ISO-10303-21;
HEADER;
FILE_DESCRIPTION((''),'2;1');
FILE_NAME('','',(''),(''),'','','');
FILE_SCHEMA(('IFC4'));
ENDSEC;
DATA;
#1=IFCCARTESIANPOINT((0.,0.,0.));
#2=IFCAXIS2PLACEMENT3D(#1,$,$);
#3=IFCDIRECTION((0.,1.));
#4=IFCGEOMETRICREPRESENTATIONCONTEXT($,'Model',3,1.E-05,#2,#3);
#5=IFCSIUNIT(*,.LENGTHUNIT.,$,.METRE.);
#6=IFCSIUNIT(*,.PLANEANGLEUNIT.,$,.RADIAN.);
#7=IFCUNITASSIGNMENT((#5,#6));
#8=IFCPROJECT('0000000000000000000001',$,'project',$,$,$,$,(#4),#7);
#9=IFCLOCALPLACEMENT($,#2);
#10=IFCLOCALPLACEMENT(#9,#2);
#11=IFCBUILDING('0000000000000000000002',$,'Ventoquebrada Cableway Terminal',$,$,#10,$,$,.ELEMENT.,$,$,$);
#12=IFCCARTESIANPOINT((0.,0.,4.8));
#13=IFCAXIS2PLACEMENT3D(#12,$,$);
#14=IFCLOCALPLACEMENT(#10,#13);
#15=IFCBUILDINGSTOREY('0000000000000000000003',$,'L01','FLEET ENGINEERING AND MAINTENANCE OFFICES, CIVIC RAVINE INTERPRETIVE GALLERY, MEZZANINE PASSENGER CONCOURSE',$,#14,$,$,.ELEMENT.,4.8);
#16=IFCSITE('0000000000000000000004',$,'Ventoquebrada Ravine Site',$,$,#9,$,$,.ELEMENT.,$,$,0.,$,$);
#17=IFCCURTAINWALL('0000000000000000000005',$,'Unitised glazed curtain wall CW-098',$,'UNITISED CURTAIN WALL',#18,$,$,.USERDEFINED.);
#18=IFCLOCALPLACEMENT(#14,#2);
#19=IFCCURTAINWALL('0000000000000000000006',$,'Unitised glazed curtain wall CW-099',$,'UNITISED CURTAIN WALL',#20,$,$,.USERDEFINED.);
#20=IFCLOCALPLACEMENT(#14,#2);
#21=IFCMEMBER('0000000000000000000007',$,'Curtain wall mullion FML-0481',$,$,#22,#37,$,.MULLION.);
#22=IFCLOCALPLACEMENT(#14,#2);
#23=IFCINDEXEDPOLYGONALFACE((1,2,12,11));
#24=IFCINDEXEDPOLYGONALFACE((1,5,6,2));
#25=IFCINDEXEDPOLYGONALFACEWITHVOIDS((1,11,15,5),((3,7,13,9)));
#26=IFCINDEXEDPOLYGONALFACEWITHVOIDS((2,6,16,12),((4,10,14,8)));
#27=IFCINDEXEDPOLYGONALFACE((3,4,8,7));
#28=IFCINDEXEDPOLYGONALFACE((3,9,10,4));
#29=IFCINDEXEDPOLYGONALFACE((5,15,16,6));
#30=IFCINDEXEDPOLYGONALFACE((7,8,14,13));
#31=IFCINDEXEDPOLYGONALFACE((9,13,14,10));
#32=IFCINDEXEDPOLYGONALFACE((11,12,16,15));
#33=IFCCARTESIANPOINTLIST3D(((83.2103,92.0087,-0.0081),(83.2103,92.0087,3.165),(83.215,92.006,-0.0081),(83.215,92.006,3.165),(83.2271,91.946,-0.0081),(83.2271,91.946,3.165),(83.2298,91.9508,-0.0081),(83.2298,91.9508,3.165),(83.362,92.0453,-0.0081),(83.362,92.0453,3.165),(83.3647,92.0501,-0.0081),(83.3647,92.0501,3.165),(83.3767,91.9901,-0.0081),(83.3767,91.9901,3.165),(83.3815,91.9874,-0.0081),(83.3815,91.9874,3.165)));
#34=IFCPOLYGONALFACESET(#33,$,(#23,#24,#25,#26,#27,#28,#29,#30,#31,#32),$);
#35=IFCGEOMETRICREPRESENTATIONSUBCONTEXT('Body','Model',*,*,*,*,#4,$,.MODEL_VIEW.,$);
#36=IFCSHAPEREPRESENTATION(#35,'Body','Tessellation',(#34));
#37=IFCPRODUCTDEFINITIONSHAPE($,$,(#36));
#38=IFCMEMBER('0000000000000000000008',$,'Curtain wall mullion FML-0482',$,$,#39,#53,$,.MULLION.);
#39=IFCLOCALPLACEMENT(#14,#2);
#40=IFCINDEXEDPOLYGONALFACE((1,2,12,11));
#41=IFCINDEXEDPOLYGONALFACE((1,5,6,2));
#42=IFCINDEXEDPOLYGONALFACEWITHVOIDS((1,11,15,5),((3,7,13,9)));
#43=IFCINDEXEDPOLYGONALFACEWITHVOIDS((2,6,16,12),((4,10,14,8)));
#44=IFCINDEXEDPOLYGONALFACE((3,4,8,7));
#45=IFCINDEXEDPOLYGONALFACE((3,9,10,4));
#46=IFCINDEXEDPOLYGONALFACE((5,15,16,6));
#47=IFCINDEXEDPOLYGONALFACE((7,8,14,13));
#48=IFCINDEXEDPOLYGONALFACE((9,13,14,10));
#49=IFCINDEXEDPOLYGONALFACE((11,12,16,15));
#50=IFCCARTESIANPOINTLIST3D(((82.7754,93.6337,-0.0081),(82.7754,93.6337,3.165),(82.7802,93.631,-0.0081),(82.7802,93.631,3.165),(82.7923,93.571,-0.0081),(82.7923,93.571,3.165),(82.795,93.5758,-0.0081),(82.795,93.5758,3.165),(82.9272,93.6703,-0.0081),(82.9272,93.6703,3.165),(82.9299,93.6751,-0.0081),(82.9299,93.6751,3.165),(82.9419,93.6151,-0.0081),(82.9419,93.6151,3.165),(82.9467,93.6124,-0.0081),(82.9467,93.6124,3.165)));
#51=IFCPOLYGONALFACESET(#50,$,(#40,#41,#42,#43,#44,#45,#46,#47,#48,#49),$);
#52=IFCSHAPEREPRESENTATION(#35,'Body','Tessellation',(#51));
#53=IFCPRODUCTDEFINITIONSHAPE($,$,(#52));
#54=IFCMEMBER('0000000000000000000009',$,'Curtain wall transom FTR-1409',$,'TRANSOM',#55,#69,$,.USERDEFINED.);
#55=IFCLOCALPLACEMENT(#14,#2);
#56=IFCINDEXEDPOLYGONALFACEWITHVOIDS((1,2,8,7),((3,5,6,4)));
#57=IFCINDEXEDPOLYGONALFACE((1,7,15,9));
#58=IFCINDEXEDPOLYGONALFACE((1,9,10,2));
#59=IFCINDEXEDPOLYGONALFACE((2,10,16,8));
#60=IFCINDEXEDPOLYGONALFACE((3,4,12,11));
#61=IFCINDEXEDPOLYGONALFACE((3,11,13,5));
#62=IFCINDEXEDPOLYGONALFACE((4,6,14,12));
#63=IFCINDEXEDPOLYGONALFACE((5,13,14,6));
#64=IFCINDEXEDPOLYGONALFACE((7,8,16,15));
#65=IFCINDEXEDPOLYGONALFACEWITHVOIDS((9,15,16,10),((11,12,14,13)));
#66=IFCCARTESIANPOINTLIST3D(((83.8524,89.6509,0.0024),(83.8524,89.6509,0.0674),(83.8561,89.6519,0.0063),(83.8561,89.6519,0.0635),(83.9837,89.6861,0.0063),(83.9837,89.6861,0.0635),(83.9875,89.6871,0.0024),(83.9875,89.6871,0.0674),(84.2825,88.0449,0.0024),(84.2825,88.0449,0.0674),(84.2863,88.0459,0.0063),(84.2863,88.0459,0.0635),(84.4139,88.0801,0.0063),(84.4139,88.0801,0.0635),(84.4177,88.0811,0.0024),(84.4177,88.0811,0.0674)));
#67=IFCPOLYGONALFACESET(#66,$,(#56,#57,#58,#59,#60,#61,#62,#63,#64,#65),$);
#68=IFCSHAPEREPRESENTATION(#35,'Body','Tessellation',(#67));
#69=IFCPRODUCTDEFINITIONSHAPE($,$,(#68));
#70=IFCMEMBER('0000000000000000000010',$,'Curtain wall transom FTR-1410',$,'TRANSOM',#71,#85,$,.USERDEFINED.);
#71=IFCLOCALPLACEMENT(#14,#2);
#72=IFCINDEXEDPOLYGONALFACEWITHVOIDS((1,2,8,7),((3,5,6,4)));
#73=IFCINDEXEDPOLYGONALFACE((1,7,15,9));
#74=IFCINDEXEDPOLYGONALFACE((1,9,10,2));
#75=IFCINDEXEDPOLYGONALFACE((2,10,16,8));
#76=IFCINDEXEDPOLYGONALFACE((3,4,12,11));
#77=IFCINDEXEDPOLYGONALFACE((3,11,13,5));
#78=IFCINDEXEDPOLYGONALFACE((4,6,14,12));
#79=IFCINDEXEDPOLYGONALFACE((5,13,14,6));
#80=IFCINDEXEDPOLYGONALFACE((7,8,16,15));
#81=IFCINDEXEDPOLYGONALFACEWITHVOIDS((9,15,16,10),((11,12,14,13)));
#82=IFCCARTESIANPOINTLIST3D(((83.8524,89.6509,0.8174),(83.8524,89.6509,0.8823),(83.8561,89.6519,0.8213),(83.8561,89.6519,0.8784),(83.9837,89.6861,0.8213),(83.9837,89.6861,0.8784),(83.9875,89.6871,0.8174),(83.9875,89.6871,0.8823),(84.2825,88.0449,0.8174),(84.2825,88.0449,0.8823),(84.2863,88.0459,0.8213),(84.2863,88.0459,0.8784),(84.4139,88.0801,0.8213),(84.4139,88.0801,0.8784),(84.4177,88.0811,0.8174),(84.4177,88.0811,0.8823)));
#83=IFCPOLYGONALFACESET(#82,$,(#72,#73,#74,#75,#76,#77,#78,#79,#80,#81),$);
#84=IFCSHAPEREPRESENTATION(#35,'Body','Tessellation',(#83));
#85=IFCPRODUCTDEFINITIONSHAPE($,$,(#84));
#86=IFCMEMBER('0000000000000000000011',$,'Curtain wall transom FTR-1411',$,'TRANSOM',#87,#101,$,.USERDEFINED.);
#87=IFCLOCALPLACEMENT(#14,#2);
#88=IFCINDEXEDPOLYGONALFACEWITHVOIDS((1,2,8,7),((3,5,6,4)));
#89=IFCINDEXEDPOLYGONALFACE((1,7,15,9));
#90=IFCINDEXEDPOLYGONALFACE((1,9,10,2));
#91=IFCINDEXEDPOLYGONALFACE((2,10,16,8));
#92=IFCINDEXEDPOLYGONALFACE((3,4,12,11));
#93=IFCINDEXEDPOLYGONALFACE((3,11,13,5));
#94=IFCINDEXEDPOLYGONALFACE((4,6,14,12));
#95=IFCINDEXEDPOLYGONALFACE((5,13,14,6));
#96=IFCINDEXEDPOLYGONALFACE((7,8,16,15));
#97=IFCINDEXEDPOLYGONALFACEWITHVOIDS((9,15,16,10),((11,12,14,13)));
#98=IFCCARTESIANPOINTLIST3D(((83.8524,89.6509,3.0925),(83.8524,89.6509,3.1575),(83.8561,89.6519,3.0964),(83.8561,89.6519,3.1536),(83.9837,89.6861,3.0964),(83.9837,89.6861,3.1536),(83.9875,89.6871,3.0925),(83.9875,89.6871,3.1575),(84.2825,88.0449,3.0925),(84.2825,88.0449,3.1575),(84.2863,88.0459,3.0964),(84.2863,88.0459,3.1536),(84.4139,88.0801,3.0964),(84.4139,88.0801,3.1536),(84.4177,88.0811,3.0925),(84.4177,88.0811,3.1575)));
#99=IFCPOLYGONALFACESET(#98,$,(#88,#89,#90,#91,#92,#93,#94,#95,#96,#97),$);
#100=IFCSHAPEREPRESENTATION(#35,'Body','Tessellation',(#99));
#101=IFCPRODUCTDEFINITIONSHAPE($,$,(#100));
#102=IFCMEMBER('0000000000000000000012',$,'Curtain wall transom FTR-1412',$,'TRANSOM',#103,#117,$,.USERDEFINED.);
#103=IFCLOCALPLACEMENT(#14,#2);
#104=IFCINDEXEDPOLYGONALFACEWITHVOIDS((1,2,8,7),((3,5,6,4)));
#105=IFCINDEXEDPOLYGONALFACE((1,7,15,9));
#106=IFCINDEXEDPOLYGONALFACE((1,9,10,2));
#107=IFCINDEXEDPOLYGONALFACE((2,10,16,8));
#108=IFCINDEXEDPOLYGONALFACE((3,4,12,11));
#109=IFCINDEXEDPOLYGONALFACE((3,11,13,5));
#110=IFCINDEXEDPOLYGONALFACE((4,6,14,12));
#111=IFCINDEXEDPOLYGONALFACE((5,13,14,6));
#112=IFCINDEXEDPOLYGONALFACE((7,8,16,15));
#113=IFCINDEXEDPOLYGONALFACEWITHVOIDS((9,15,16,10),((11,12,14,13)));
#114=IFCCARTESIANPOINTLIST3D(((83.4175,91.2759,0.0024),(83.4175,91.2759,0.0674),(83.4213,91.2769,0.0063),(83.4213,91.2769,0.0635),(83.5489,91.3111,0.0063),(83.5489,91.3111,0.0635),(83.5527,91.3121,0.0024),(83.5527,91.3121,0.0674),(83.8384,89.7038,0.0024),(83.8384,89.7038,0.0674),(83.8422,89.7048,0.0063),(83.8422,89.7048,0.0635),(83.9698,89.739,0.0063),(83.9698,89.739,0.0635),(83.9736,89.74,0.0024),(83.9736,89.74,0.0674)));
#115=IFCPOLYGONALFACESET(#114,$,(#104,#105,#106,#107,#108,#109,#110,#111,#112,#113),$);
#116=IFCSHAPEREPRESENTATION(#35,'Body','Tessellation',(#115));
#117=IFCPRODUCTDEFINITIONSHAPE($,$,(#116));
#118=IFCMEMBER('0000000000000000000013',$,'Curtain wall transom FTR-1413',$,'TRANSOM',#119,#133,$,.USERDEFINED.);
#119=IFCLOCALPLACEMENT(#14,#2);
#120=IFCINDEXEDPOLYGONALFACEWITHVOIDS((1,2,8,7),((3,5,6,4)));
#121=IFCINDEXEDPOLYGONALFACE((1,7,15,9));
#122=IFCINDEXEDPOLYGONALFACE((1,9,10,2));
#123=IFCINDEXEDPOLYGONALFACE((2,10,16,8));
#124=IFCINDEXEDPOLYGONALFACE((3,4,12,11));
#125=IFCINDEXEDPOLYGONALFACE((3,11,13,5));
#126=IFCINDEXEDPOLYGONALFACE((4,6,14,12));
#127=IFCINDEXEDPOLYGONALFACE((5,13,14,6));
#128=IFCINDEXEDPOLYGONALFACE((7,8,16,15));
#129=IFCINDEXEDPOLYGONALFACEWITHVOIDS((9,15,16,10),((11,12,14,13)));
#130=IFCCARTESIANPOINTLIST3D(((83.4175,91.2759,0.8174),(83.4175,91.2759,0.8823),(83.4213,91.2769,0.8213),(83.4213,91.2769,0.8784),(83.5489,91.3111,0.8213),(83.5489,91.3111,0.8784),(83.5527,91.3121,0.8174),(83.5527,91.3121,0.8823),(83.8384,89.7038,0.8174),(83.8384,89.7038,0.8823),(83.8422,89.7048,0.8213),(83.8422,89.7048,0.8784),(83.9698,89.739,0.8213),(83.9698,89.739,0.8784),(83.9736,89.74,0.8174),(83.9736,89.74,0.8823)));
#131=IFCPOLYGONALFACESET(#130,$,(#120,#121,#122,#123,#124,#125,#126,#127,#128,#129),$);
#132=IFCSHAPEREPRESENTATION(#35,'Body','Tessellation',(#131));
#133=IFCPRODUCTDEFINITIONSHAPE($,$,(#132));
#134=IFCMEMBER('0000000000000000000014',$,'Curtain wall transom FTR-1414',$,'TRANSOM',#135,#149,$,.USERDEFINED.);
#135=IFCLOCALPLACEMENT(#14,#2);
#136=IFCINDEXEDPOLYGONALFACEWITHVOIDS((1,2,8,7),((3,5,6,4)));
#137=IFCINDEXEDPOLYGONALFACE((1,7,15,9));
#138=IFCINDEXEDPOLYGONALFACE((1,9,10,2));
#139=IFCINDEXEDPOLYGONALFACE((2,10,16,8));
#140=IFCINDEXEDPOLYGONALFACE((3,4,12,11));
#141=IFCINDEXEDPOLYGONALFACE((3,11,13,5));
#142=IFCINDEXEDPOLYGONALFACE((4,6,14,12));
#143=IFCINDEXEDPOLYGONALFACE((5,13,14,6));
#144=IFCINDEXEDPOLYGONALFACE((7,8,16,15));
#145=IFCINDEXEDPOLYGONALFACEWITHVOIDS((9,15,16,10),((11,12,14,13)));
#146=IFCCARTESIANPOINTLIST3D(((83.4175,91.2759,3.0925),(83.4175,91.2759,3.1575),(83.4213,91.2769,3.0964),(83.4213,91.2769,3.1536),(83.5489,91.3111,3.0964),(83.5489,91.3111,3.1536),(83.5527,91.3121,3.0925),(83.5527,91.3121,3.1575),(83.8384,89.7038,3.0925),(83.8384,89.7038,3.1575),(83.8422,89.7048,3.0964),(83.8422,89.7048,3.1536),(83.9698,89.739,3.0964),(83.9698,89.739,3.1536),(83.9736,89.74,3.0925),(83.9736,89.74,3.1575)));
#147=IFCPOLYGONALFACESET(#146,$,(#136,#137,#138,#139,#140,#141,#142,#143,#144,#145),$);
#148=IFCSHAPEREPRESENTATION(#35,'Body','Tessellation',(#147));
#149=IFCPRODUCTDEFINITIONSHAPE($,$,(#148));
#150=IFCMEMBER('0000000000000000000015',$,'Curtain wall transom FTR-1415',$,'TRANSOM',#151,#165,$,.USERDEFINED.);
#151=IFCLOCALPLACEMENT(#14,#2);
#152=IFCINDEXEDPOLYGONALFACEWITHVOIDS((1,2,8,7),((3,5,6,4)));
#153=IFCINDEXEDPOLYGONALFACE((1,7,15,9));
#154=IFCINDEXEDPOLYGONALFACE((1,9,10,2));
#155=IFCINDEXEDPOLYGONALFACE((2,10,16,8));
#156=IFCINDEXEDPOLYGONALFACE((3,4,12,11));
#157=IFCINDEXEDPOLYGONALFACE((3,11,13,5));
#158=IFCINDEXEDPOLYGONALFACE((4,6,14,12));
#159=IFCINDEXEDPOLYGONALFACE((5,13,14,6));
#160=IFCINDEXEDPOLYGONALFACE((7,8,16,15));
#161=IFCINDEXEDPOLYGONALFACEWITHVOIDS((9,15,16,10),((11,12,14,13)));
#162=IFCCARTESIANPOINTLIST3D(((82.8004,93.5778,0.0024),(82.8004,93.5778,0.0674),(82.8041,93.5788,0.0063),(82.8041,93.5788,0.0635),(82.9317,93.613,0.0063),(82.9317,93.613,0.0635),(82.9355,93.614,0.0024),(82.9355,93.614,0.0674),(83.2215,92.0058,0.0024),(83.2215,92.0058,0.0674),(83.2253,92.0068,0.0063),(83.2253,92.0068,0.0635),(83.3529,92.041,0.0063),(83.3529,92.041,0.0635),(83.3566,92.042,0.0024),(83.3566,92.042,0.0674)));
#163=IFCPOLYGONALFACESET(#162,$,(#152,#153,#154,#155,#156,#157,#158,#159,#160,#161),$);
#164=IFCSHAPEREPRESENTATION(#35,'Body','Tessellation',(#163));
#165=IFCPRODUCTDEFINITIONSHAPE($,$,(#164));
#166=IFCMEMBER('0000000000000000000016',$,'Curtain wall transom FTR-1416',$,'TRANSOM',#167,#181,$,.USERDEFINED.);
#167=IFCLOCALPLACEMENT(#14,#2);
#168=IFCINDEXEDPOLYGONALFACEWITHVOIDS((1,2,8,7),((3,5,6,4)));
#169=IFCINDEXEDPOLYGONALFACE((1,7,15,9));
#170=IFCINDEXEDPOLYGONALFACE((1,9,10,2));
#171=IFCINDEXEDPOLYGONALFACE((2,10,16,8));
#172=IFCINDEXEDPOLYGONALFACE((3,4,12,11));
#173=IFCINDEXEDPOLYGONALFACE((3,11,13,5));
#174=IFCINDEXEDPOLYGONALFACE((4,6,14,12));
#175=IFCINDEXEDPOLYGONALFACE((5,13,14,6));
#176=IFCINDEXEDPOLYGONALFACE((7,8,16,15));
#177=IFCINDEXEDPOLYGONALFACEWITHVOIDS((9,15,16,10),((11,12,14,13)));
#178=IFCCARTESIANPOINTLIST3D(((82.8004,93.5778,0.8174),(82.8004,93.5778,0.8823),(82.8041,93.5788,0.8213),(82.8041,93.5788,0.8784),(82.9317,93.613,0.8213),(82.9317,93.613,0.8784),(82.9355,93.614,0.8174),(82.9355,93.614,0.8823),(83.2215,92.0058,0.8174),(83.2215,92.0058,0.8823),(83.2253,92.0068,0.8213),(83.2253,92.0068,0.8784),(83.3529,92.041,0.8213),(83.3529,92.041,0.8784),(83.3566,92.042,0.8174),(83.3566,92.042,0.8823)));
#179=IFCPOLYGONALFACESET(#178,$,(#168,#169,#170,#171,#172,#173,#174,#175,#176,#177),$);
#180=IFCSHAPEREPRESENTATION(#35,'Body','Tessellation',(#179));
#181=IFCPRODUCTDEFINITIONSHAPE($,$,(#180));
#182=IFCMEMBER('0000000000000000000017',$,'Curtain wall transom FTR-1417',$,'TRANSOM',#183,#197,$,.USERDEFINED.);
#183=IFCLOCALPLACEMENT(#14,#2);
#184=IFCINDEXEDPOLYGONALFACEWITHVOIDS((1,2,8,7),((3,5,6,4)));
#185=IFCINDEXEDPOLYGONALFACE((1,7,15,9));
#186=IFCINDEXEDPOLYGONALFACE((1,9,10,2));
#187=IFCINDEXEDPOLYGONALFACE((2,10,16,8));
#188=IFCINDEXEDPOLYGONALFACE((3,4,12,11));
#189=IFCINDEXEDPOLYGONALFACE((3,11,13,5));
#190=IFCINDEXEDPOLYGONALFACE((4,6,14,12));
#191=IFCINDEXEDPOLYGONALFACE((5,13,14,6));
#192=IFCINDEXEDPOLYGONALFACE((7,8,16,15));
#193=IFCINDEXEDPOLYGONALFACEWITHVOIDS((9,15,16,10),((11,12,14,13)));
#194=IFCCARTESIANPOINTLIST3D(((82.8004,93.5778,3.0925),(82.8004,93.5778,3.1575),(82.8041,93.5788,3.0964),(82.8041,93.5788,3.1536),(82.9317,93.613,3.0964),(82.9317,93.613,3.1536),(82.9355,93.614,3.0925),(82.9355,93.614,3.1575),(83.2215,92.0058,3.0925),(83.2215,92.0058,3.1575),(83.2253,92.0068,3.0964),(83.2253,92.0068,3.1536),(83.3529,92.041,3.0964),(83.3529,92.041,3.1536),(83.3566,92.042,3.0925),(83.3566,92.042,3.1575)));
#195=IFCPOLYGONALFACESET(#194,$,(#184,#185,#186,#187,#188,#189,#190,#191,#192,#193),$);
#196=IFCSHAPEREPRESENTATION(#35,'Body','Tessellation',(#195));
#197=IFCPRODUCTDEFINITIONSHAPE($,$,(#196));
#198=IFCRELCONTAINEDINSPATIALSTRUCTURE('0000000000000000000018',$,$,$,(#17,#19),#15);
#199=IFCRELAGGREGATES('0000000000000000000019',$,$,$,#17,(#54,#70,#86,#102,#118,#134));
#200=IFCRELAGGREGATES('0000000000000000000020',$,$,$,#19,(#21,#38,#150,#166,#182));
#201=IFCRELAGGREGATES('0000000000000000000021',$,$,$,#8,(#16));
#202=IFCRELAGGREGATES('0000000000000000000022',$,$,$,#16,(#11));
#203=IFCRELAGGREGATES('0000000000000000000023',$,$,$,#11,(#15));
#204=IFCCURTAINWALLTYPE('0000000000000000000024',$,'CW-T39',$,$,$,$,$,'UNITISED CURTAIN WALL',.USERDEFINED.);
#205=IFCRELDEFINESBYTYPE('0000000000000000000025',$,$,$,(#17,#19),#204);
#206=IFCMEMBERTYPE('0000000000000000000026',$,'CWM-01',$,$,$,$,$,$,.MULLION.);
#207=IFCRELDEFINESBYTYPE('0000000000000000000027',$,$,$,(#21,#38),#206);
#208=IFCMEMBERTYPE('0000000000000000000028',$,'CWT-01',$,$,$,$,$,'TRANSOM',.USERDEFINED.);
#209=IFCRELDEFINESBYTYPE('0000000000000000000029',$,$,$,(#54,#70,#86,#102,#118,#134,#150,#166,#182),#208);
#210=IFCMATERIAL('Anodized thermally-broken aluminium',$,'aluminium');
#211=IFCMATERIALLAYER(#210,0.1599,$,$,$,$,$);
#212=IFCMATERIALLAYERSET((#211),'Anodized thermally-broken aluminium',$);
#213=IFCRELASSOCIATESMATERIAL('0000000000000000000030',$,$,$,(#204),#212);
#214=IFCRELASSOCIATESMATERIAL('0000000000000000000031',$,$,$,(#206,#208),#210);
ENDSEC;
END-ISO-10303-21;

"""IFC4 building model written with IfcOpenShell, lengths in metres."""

from ifc_helpers import new_model, si_unit, direction, frame, origin, origin_2d, place, context, subcontext, project, spatial, hollow_rectangle, extrude, material, layer, layer_set, material_profile, profile_set, type_object, element, aggregate, save


model = new_model("IFC4")

# Units and contexts
model_context = context("Model", 3, precision=1e-05, world=origin(), true_north=direction((0.0, 1.0)))
body_context = subcontext(model_context, "Body", "Model", "MODEL_VIEW")
ifc_project = project(units=[si_unit("LENGTHUNIT", "METRE"), si_unit("PLANEANGLEUNIT", "RADIAN")], contexts=[model_context])

# Site, building, storey
site_placement = place(None, origin())
site = spatial("IfcSite", under=ifc_project, at=site_placement, Name="Ventoquebrada Ravine Site", CompositionType="ELEMENT", RefElevation=0.0)
building_placement = place(site_placement, origin())
building = spatial("IfcBuilding", under=site, at=building_placement, Name="Ventoquebrada Cableway Terminal", CompositionType="ELEMENT")
storey_placement = place(building_placement, frame((0.0, 0.0, 4.8)))
storey = spatial("IfcBuildingStorey", under=building, at=storey_placement, Name="L01", Description="FLEET ENGINEERING AND MAINTENANCE OFFICES, CIVIC RAVINE INTERPRETIVE GALLERY, MEZZANINE PASSENGER CONCOURSE", CompositionType="ELEMENT", Elevation=4.8)

# Curtain walls, members
ifc_material_1 = material(Name="Anodized thermally-broken aluminium", Category="aluminium")
ifc_layer_1 = layer(ifc_material_1, 0.1599)
ifc_layer_set_1 = layer_set([ifc_layer_1], Name="Anodized thermally-broken aluminium")
curtain_wall_type = type_object("IfcCurtainWallType", Name="CW-T39", ElementType="UNITISED CURTAIN WALL", PredefinedType="USERDEFINED", material=ifc_layer_set_1)
curtain_wall_1_placement = place(storey_placement, origin())
curtain_wall_1 = element("IfcCurtainWall", 1, at=curtain_wall_1_placement, inside=storey, type_object=curtain_wall_type, Name="Unitised glazed curtain wall CW-098", ObjectType="UNITISED CURTAIN WALL", PredefinedType="USERDEFINED")
ifc_material_profile_1 = material_profile(ifc_material_1, hollow_rectangle(XDim=0.0649, YDim=0.1599, WallThickness=0.0039, at=origin_2d()), Name="CW-MUL-65X160")
ifc_profile_set_1 = profile_set([ifc_material_profile_1], Name="Anodized thermally-broken aluminium")
member_type_1 = type_object("IfcMemberType", Name="CWM-01", PredefinedType="MULLION", material=ifc_profile_set_1)
curtain_wall_2_placement = place(storey_placement, origin())
curtain_wall_2 = element("IfcCurtainWall", 2, at=curtain_wall_2_placement, inside=storey, type_object=curtain_wall_type, Name="Unitised glazed curtain wall CW-099", ObjectType="UNITISED CURTAIN WALL", PredefinedType="USERDEFINED")
member_1_placement = place(storey_placement, frame((83.2959, 91.998, -0.0081), z_axis=(0.0, 0.0, 1.0), x_axis=(-0.258735, 0.965948, 0.0)))
member_1 = element("IfcMember", 3, at=member_1_placement, type_object=member_type_1, Name="Curtain wall mullion FML-0481", PredefinedType="MULLION", context=body_context, shape_type="SweptSolid", body=[
    extrude(hollow_rectangle(XDim=0.0649, YDim=0.1599, WallThickness=0.0039, at=origin_2d()), origin(), (0.0, 0.0, 1.0), 3.1731),
])
member_2_placement = place(storey_placement, frame((82.8611, 93.623, -0.0081), z_axis=(0.0, 0.0, 1.0), x_axis=(-0.258735, 0.965948, 0.0)))
member_2 = element("IfcMember", 4, at=member_2_placement, type_object=member_type_1, Name="Curtain wall mullion FML-0482", PredefinedType="MULLION", context=body_context, shape_type="SweptSolid", body=[
    extrude(hollow_rectangle(XDim=0.0649, YDim=0.1599, WallThickness=0.0039, at=origin_2d()), origin(), (0.0, 0.0, 1.0), 3.1731),
])

# Members
ifc_material_profile_2 = material_profile(ifc_material_1, hollow_rectangle(XDim=0.0649, YDim=0.1399, WallThickness=0.0039, at=origin_2d()), Name="CW-TRN-65X140")
ifc_profile_set_2 = profile_set([ifc_material_profile_2], Name="Anodized thermally-broken aluminium")
member_type_2 = type_object("IfcMemberType", Name="CWT-01", ElementType="TRANSOM", PredefinedType="USERDEFINED", material=ifc_profile_set_2)
member_3_placement = place(storey_placement, frame((84.3501, 88.063, 0.0349), z_axis=(-0.258741, 0.965947, 0.0), x_axis=(0.0, 0.0, 1.0)))
member_3 = element("IfcMember", 5, at=member_3_placement, type_object=member_type_2, Name="Curtain wall transom FTR-1409", ObjectType="TRANSOM", PredefinedType="USERDEFINED", context=body_context, shape_type="SweptSolid", body=[
    extrude(hollow_rectangle(XDim=0.0649, YDim=0.1399, WallThickness=0.0039, at=origin_2d()), origin(), (0.0, 0.0, 1.0), 1.6626),
])
member_4_placement = place(storey_placement, frame((84.3501, 88.063, 0.8499), z_axis=(-0.258741, 0.965947, 0.0), x_axis=(0.0, 0.0, 1.0)))
member_4 = element("IfcMember", 6, at=member_4_placement, type_object=member_type_2, Name="Curtain wall transom FTR-1410", ObjectType="TRANSOM", PredefinedType="USERDEFINED", context=body_context, shape_type="SweptSolid", body=[
    extrude(hollow_rectangle(XDim=0.0649, YDim=0.1399, WallThickness=0.0039, at=origin_2d()), origin(), (0.0, 0.0, 1.0), 1.6626),
])
member_5_placement = place(storey_placement, frame((84.3501, 88.063, 3.125), z_axis=(-0.258741, 0.965947, 0.0), x_axis=(0.0, 0.0, 1.0)))
member_5 = element("IfcMember", 7, at=member_5_placement, type_object=member_type_2, Name="Curtain wall transom FTR-1411", ObjectType="TRANSOM", PredefinedType="USERDEFINED", context=body_context, shape_type="SweptSolid", body=[
    extrude(hollow_rectangle(XDim=0.0649, YDim=0.1399, WallThickness=0.0039, at=origin_2d()), origin(), (0.0, 0.0, 1.0), 1.6626),
])
member_6_placement = place(storey_placement, frame((83.906, 89.7219, 0.0349), z_axis=(-0.258634, 0.965975, 0.0), x_axis=(0.0, 0.0, 1.0)))
member_6 = element("IfcMember", 8, at=member_6_placement, type_object=member_type_2, Name="Curtain wall transom FTR-1412", ObjectType="TRANSOM", PredefinedType="USERDEFINED", context=body_context, shape_type="SweptSolid", body=[
    extrude(hollow_rectangle(XDim=0.0649, YDim=0.1399, WallThickness=0.0039, at=origin_2d()), origin(), (0.0, 0.0, 1.0), 1.6274),
])
member_7_placement = place(storey_placement, frame((83.906, 89.7219, 0.8499), z_axis=(-0.258634, 0.965975, 0.0), x_axis=(0.0, 0.0, 1.0)))
member_7 = element("IfcMember", 9, at=member_7_placement, type_object=member_type_2, Name="Curtain wall transom FTR-1413", ObjectType="TRANSOM", PredefinedType="USERDEFINED", context=body_context, shape_type="SweptSolid", body=[
    extrude(hollow_rectangle(XDim=0.0649, YDim=0.1399, WallThickness=0.0039, at=origin_2d()), origin(), (0.0, 0.0, 1.0), 1.6274),
])
member_8_placement = place(storey_placement, frame((83.906, 89.7219, 3.125), z_axis=(-0.258634, 0.965975, 0.0), x_axis=(0.0, 0.0, 1.0)))
member_8 = element("IfcMember", 10, at=member_8_placement, type_object=member_type_2, Name="Curtain wall transom FTR-1414", ObjectType="TRANSOM", PredefinedType="USERDEFINED", context=body_context, shape_type="SweptSolid", body=[
    extrude(hollow_rectangle(XDim=0.0649, YDim=0.1399, WallThickness=0.0039, at=origin_2d()), origin(), (0.0, 0.0, 1.0), 1.6274),
])
member_9_placement = place(storey_placement, frame((83.2891, 92.0239, 0.0349), z_axis=(-0.258774, 0.965938, 0.0), x_axis=(0.0, 0.0, 1.0)))
member_9 = element("IfcMember", 11, at=member_9_placement, type_object=member_type_2, Name="Curtain wall transom FTR-1415", ObjectType="TRANSOM", PredefinedType="USERDEFINED", context=body_context, shape_type="SweptSolid", body=[
    extrude(hollow_rectangle(XDim=0.0649, YDim=0.1399, WallThickness=0.0039, at=origin_2d()), origin(), (0.0, 0.0, 1.0), 1.6274),
])
member_10_placement = place(storey_placement, frame((83.2891, 92.0239, 0.8499), z_axis=(-0.258774, 0.965938, 0.0), x_axis=(0.0, 0.0, 1.0)))
member_10 = element("IfcMember", 12, at=member_10_placement, type_object=member_type_2, Name="Curtain wall transom FTR-1416", ObjectType="TRANSOM", PredefinedType="USERDEFINED", context=body_context, shape_type="SweptSolid", body=[
    extrude(hollow_rectangle(XDim=0.0649, YDim=0.1399, WallThickness=0.0039, at=origin_2d()), origin(), (0.0, 0.0, 1.0), 1.6274),
])
member_11_placement = place(storey_placement, frame((83.2891, 92.0239, 3.125), z_axis=(-0.258774, 0.965938, 0.0), x_axis=(0.0, 0.0, 1.0)))
member_11 = element("IfcMember", 13, at=member_11_placement, type_object=member_type_2, Name="Curtain wall transom FTR-1417", ObjectType="TRANSOM", PredefinedType="USERDEFINED", context=body_context, shape_type="SweptSolid", body=[
    extrude(hollow_rectangle(XDim=0.0649, YDim=0.1399, WallThickness=0.0039, at=origin_2d()), origin(), (0.0, 0.0, 1.0), 1.6274),
])

aggregate(curtain_wall_1, [member_3, member_4, member_5, member_6, member_7, member_8])
aggregate(curtain_wall_2, [member_1, member_2, member_9, member_10, member_11])

save(model, "model.ifc")
